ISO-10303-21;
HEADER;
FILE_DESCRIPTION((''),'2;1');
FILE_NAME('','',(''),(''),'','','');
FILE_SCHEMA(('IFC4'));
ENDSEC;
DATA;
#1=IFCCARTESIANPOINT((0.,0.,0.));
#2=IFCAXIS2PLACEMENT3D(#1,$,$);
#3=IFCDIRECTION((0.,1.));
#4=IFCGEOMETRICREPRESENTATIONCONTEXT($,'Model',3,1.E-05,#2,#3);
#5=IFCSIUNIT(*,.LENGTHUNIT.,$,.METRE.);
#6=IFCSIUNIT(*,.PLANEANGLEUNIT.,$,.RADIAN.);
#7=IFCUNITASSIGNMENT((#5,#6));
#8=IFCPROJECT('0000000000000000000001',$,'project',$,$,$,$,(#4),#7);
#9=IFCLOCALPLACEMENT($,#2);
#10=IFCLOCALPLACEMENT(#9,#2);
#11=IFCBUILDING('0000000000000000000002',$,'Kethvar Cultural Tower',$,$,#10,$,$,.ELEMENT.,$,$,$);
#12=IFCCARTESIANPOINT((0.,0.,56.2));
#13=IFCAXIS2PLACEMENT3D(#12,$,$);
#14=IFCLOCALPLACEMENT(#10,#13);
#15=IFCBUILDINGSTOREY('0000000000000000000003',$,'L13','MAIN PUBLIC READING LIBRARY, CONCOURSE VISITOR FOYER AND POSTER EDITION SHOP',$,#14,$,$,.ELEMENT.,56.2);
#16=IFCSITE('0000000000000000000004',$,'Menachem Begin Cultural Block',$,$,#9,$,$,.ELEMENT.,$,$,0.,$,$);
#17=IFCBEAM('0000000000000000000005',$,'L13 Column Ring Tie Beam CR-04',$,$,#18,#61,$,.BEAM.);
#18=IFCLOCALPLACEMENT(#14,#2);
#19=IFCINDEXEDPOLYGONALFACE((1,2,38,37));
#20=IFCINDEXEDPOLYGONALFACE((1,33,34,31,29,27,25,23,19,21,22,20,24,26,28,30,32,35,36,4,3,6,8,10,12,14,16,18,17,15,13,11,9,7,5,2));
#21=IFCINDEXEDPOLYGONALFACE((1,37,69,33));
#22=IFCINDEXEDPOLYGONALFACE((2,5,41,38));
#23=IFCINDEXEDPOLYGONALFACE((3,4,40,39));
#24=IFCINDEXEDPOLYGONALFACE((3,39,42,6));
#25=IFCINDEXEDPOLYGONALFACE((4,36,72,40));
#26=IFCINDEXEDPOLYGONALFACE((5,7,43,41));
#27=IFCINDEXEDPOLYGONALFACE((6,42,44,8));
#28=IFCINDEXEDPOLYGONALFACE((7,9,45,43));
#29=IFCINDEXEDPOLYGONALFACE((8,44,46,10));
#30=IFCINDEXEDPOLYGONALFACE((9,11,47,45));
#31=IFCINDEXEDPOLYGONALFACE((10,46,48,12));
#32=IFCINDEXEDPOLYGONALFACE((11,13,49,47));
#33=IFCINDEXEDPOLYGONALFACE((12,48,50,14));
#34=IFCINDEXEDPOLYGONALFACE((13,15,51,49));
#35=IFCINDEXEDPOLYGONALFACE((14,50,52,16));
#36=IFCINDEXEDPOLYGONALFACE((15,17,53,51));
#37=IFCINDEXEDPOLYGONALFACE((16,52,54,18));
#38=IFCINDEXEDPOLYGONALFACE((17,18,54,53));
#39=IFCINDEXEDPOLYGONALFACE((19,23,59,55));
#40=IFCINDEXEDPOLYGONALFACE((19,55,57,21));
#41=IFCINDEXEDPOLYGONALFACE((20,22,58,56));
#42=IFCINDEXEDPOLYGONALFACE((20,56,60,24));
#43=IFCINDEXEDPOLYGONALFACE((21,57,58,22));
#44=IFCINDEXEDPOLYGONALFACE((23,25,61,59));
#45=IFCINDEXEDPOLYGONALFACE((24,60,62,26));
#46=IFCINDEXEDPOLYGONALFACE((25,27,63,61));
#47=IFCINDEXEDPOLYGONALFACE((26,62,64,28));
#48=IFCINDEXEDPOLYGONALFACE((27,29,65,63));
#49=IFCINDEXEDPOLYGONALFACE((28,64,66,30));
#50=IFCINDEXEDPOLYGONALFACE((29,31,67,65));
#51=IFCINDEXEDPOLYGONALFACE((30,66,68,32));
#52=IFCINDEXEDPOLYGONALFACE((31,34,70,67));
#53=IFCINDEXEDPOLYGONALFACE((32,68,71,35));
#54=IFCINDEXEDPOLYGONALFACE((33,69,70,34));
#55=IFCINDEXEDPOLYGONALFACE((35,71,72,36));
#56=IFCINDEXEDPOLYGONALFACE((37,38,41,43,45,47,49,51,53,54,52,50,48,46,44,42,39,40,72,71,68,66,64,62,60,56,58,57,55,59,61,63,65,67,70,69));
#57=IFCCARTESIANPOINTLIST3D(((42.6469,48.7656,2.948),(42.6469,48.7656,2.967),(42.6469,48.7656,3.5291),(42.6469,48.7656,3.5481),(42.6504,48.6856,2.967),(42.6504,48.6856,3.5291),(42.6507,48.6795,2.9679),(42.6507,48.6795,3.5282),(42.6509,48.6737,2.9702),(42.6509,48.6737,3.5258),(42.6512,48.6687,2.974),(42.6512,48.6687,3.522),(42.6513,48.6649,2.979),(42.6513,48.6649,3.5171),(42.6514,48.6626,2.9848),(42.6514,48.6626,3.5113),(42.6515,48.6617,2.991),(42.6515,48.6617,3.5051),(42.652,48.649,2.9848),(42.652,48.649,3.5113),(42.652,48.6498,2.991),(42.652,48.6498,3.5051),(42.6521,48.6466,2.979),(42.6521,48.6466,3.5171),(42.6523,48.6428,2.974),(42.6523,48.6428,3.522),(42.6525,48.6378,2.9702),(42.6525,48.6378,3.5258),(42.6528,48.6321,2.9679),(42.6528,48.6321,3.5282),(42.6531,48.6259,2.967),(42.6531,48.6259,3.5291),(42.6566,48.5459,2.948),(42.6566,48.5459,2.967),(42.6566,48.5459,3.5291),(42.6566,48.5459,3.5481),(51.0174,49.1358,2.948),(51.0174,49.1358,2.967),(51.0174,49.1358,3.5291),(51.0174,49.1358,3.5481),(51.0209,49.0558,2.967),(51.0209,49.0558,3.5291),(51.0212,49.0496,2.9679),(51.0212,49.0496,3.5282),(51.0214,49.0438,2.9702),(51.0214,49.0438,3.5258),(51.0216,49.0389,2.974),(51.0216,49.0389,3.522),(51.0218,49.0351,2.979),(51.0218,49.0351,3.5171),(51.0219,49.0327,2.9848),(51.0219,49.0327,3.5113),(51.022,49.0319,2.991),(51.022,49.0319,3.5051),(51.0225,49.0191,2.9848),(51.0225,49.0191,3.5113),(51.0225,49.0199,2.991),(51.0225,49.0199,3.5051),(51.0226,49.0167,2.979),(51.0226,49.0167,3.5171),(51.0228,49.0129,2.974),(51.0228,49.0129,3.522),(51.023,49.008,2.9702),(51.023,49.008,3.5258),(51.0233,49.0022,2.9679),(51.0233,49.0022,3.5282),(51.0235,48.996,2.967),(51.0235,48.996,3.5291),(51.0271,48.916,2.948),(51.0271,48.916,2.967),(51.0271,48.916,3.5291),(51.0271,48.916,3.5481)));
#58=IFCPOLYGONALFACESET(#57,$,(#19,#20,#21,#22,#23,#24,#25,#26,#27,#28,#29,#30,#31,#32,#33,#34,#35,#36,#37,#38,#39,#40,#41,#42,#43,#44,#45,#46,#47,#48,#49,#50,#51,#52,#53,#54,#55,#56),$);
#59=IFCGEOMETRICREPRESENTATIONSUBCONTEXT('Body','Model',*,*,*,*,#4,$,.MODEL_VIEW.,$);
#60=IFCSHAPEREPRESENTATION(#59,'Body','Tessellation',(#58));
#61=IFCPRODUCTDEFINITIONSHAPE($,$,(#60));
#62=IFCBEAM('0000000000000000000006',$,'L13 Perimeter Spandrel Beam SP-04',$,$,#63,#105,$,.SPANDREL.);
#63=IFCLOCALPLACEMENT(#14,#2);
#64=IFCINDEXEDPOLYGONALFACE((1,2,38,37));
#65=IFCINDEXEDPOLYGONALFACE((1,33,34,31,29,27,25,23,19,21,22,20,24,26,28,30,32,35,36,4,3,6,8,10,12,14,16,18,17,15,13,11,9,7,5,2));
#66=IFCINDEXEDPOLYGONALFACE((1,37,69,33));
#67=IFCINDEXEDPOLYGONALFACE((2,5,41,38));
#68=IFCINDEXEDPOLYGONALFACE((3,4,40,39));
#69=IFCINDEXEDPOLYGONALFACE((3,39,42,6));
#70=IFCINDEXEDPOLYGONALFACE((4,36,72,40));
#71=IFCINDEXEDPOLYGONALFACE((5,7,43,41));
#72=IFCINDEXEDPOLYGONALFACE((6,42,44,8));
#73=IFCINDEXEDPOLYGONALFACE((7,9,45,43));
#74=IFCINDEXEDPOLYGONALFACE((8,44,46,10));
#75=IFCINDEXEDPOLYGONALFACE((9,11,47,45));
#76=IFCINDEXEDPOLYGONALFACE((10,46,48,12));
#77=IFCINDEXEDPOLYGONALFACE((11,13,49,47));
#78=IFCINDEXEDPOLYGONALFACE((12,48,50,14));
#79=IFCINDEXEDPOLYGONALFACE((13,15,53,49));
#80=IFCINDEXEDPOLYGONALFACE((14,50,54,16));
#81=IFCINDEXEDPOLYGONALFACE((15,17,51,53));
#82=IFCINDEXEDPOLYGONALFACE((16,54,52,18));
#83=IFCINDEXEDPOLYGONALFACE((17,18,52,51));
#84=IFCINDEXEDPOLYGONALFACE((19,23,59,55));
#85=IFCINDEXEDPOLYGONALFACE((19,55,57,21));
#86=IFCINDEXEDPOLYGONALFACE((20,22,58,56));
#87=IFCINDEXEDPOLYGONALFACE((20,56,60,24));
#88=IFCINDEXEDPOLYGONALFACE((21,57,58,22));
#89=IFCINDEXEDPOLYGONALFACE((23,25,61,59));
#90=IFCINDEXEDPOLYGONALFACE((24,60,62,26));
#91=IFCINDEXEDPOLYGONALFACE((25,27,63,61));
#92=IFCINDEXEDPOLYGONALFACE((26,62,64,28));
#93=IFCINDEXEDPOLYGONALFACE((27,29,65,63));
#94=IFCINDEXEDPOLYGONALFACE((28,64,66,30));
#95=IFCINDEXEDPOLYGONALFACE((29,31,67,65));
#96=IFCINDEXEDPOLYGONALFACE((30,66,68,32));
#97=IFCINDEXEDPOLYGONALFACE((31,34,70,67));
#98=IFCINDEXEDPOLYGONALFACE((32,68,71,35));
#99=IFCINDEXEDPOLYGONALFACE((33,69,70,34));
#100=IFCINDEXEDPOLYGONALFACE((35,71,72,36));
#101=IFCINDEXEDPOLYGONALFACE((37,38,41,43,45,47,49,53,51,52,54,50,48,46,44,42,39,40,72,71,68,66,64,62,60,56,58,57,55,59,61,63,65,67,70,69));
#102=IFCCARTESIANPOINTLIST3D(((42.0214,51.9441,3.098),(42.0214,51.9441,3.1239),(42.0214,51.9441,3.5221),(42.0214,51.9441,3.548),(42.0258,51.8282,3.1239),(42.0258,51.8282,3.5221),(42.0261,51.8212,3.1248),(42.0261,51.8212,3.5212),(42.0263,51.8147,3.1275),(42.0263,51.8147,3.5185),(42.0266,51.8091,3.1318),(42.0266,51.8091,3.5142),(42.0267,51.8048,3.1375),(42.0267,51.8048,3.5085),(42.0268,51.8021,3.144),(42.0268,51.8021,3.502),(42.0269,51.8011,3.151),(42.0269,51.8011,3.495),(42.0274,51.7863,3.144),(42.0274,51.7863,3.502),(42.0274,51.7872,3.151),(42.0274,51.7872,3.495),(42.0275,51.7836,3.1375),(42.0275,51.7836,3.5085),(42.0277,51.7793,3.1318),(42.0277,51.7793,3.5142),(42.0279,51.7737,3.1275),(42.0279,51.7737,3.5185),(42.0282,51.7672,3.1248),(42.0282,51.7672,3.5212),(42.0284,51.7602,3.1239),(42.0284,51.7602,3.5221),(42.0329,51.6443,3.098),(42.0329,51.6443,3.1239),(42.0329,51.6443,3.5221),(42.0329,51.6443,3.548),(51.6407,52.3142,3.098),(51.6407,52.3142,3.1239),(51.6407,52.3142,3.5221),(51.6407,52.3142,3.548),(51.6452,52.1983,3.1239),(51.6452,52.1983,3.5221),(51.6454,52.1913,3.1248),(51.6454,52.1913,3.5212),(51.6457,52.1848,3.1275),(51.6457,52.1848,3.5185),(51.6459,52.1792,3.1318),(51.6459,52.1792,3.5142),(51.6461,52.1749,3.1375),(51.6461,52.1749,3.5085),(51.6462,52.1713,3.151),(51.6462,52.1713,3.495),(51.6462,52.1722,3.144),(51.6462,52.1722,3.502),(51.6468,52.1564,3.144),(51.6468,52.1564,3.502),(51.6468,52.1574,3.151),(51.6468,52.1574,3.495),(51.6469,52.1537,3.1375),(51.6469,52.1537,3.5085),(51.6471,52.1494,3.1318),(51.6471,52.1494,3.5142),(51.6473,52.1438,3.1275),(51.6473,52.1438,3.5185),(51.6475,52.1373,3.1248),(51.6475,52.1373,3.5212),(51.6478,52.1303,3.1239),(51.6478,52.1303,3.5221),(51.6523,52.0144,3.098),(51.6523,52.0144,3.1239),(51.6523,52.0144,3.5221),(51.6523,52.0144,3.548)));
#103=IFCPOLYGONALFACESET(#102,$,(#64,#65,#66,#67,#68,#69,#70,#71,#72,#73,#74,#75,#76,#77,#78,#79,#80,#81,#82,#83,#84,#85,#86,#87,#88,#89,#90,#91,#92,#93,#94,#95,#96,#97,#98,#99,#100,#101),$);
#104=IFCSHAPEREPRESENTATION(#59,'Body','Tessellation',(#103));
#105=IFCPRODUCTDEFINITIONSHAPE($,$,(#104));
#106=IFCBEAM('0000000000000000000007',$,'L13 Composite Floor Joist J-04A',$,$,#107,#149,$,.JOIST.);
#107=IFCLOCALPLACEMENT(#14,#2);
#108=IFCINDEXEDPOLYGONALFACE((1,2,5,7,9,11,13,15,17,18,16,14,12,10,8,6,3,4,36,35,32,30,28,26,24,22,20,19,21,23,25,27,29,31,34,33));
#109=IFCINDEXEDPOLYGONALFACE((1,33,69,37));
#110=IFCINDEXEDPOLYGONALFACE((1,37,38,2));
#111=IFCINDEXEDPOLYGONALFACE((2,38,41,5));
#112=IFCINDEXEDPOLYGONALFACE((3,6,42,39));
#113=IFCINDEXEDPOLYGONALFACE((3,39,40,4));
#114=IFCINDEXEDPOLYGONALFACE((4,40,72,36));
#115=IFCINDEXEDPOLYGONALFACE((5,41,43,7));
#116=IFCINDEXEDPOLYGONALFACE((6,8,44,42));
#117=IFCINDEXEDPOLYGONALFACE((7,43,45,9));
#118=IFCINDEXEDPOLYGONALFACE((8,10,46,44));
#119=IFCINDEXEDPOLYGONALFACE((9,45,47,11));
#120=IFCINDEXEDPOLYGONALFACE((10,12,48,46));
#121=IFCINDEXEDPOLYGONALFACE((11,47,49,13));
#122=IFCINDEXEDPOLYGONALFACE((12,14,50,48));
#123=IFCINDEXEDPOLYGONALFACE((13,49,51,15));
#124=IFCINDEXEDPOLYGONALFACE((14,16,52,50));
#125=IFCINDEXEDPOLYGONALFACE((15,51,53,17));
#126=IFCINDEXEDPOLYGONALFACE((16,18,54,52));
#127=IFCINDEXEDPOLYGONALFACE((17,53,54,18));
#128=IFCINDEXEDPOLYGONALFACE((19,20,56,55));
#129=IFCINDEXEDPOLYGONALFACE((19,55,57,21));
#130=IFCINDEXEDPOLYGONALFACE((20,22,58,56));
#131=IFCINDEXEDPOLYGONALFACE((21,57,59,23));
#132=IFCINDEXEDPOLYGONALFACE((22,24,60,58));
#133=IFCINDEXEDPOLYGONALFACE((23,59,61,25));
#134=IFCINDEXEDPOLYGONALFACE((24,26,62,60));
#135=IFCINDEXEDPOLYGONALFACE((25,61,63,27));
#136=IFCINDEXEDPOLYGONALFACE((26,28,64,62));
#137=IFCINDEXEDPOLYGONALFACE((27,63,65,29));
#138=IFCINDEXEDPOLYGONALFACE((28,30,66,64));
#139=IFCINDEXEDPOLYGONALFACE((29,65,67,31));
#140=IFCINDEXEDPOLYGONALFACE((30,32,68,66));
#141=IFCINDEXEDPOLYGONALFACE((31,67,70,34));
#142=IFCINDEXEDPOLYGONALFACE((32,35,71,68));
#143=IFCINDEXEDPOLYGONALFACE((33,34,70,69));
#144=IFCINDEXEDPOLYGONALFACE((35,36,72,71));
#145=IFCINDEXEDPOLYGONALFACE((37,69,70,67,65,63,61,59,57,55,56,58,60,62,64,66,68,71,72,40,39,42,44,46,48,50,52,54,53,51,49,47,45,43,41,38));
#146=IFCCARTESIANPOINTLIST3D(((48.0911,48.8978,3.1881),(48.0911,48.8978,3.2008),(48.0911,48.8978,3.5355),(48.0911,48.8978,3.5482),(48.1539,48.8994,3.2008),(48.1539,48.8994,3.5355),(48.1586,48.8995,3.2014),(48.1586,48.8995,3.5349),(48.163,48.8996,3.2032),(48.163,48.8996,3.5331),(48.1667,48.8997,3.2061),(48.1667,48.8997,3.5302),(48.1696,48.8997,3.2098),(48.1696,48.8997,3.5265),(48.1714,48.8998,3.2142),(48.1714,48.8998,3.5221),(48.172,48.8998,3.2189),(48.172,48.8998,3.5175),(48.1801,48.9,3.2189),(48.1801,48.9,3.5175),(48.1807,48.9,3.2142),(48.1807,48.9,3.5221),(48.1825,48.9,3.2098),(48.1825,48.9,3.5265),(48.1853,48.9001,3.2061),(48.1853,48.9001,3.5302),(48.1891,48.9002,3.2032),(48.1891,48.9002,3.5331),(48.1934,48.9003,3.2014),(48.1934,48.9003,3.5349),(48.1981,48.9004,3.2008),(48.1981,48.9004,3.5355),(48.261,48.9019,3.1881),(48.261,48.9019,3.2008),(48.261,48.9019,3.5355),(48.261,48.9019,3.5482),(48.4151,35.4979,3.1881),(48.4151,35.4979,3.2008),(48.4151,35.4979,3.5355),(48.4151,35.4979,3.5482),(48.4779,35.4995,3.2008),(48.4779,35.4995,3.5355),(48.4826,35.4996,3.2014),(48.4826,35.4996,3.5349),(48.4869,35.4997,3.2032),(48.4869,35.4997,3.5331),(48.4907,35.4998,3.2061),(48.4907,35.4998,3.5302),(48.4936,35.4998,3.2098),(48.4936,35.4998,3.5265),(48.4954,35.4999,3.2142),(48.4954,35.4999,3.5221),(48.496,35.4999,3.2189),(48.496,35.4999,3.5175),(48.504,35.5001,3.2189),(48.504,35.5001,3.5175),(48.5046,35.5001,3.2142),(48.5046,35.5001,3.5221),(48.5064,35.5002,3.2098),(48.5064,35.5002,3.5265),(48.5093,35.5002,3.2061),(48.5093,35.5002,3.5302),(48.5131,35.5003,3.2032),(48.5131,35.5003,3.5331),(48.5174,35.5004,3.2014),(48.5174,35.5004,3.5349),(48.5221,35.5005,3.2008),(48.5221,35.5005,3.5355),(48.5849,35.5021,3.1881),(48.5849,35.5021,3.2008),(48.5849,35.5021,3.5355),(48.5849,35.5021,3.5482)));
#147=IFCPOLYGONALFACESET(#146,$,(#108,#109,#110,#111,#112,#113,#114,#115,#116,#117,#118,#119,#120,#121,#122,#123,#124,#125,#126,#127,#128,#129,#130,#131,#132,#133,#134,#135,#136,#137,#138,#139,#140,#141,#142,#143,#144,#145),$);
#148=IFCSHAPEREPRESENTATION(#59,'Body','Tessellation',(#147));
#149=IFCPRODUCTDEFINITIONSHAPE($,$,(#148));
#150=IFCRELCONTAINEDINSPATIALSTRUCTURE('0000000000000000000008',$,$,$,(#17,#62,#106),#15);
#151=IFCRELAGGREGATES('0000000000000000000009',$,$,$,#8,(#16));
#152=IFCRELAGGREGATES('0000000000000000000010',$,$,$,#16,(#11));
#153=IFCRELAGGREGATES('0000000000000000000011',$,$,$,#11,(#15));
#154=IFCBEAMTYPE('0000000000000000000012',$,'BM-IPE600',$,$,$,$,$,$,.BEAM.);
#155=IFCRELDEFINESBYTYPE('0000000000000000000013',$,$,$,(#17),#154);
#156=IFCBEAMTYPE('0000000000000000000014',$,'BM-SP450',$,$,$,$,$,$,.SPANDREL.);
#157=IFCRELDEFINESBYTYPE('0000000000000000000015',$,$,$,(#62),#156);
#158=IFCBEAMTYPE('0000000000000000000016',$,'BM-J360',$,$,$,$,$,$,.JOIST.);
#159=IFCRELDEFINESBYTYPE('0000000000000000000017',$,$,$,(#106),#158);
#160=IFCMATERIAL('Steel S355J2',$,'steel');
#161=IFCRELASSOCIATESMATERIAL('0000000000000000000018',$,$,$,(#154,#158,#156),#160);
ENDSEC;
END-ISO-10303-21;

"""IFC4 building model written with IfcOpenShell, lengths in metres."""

from ifc_helpers import new_model, si_unit, direction, frame, origin, origin_2d, place, context, subcontext, project, spatial, i_section, extrude, source, transform, mapped, material, material_profile, profile_set, type_object, element, save


model = new_model("IFC4")

# Units and contexts
model_context = context("Model", 3, precision=1e-05, world=origin(), true_north=direction((0.0, 1.0)))
body_context = subcontext(model_context, "Body", "Model", "MODEL_VIEW")
ifc_project = project(units=[si_unit("LENGTHUNIT", "METRE"), si_unit("PLANEANGLEUNIT", "RADIAN")], contexts=[model_context])

# Site, building, storey
site_placement = place(None, origin())
site = spatial("IfcSite", under=ifc_project, at=site_placement, Name="Menachem Begin Cultural Block", CompositionType="ELEMENT", RefElevation=0.0)
building_placement = place(site_placement, origin())
building = spatial("IfcBuilding", under=site, at=building_placement, Name="Kethvar Cultural Tower", CompositionType="ELEMENT")
storey_placement = place(building_placement, frame((0.0, 0.0, 56.2)))
storey = spatial("IfcBuildingStorey", under=building, at=storey_placement, Name="L13", Description="MAIN PUBLIC READING LIBRARY, CONCOURSE VISITOR FOYER AND POSTER EDITION SHOP", CompositionType="ELEMENT", Elevation=56.2)

# Beams
ifc_material_1 = material(Name="Steel S355J2", Category="steel")
ifc_material_profile_1 = material_profile(ifc_material_1, i_section(OverallWidth=0.22, OverallDepth=0.6001, WebThickness=0.012, FlangeThickness=0.019, FilletRadius=0.0239, at=origin_2d()), Name="Steel S355J2 — IPE600")
ifc_profile_set_1 = profile_set([ifc_material_profile_1], Name="Steel S355J2 — IPE600")
beam_type_1 = type_object("IfcBeamType", Name="BM-IPE600", PredefinedType="BEAM", material=ifc_profile_set_1)
ifc_material_profile_2 = material_profile(ifc_material_1, i_section(OverallWidth=0.1699, OverallDepth=0.3601, WebThickness=0.0081, FlangeThickness=0.0127, FilletRadius=0.0181, at=origin_2d()), Name="Steel S355J2 — IPE360")
ifc_profile_set_2 = profile_set([ifc_material_profile_2], Name="Steel S355J2 — IPE360")
beam_type_2 = type_object("IfcBeamType", Name="BM-J360", PredefinedType="JOIST", material=ifc_profile_set_2)
shared_shape_1 = source(origin(), body_context, "Body", "SweptSolid", [
    extrude(i_section(OverallWidth=0.22, OverallDepth=0.6001, WebThickness=0.012, FlangeThickness=0.019, FilletRadius=0.0239, at=origin_2d()), origin(), (0.0, 0.0, 1.0), 8.3787),
])
beam_1_placement = place(storey_placement, frame((51.0222, 49.0259, 3.248), z_axis=(-0.999024, -0.044173, 0.0), x_axis=(0.044173, -0.999024, 0.0)))
element("IfcBeam", 1, at=beam_1_placement, inside=storey, type_object=beam_type_1, Name="L13 Column Ring Tie Beam CR-04", PredefinedType="BEAM", context=body_context, shape_type="MappedRepresentation", body=[
    mapped(shared_shape_1, transform((0.0, 0.0, 0.0), scale=1.0)),
])
ifc_material_profile_3 = material_profile(ifc_material_1, i_section(OverallWidth=0.3, OverallDepth=0.45, WebThickness=0.0139, FlangeThickness=0.0259, FilletRadius=0.0271, at=origin_2d()), Name="Steel S355J2 — HEB450")
ifc_profile_set_3 = profile_set([ifc_material_profile_3], Name="Steel S355J2 — HEB450")
beam_type_3 = type_object("IfcBeamType", Name="BM-SP450", PredefinedType="SPANDREL", material=ifc_profile_set_3)
shared_shape_2 = source(origin(), body_context, "Body", "SweptSolid", [
    extrude(i_section(OverallWidth=0.3, OverallDepth=0.45, WebThickness=0.0139, FlangeThickness=0.0259, FilletRadius=0.0271, at=origin_2d()), origin(), (0.0, 0.0, 1.0), 9.6265),
])
beam_2_placement = place(storey_placement, frame((51.6465, 52.1643, 3.323), z_axis=(-0.999261, -0.038448, 0.0), x_axis=(0.038448, -0.999261, 0.0)))
element("IfcBeam", 2, at=beam_2_placement, inside=storey, type_object=beam_type_3, Name="L13 Perimeter Spandrel Beam SP-04", PredefinedType="SPANDREL", context=body_context, shape_type="MappedRepresentation", body=[
    mapped(shared_shape_2, transform((0.0, 0.0, 0.0), scale=1.0)),
])
shared_shape_3 = source(origin(), body_context, "Body", "SweptSolid", [
    extrude(i_section(OverallWidth=0.1699, OverallDepth=0.3601, WebThickness=0.0081, FlangeThickness=0.0127, FilletRadius=0.0181, at=origin_2d()), origin(), (0.0, 0.0, 1.0), 13.4038),
])
beam_3_placement = place(storey_placement, frame((48.5, 35.5, 3.3682), z_axis=(-0.02417, 0.999708, 0.0), x_axis=(-0.999708, -0.02417, 0.0)))
element("IfcBeam", 3, at=beam_3_placement, inside=storey, type_object=beam_type_2, Name="L13 Composite Floor Joist J-04A", PredefinedType="JOIST", context=body_context, shape_type="MappedRepresentation", body=[
    mapped(shared_shape_3, transform((0.0, 0.0, 0.0), scale=1.0)),
])

save(model, "model.ifc")
